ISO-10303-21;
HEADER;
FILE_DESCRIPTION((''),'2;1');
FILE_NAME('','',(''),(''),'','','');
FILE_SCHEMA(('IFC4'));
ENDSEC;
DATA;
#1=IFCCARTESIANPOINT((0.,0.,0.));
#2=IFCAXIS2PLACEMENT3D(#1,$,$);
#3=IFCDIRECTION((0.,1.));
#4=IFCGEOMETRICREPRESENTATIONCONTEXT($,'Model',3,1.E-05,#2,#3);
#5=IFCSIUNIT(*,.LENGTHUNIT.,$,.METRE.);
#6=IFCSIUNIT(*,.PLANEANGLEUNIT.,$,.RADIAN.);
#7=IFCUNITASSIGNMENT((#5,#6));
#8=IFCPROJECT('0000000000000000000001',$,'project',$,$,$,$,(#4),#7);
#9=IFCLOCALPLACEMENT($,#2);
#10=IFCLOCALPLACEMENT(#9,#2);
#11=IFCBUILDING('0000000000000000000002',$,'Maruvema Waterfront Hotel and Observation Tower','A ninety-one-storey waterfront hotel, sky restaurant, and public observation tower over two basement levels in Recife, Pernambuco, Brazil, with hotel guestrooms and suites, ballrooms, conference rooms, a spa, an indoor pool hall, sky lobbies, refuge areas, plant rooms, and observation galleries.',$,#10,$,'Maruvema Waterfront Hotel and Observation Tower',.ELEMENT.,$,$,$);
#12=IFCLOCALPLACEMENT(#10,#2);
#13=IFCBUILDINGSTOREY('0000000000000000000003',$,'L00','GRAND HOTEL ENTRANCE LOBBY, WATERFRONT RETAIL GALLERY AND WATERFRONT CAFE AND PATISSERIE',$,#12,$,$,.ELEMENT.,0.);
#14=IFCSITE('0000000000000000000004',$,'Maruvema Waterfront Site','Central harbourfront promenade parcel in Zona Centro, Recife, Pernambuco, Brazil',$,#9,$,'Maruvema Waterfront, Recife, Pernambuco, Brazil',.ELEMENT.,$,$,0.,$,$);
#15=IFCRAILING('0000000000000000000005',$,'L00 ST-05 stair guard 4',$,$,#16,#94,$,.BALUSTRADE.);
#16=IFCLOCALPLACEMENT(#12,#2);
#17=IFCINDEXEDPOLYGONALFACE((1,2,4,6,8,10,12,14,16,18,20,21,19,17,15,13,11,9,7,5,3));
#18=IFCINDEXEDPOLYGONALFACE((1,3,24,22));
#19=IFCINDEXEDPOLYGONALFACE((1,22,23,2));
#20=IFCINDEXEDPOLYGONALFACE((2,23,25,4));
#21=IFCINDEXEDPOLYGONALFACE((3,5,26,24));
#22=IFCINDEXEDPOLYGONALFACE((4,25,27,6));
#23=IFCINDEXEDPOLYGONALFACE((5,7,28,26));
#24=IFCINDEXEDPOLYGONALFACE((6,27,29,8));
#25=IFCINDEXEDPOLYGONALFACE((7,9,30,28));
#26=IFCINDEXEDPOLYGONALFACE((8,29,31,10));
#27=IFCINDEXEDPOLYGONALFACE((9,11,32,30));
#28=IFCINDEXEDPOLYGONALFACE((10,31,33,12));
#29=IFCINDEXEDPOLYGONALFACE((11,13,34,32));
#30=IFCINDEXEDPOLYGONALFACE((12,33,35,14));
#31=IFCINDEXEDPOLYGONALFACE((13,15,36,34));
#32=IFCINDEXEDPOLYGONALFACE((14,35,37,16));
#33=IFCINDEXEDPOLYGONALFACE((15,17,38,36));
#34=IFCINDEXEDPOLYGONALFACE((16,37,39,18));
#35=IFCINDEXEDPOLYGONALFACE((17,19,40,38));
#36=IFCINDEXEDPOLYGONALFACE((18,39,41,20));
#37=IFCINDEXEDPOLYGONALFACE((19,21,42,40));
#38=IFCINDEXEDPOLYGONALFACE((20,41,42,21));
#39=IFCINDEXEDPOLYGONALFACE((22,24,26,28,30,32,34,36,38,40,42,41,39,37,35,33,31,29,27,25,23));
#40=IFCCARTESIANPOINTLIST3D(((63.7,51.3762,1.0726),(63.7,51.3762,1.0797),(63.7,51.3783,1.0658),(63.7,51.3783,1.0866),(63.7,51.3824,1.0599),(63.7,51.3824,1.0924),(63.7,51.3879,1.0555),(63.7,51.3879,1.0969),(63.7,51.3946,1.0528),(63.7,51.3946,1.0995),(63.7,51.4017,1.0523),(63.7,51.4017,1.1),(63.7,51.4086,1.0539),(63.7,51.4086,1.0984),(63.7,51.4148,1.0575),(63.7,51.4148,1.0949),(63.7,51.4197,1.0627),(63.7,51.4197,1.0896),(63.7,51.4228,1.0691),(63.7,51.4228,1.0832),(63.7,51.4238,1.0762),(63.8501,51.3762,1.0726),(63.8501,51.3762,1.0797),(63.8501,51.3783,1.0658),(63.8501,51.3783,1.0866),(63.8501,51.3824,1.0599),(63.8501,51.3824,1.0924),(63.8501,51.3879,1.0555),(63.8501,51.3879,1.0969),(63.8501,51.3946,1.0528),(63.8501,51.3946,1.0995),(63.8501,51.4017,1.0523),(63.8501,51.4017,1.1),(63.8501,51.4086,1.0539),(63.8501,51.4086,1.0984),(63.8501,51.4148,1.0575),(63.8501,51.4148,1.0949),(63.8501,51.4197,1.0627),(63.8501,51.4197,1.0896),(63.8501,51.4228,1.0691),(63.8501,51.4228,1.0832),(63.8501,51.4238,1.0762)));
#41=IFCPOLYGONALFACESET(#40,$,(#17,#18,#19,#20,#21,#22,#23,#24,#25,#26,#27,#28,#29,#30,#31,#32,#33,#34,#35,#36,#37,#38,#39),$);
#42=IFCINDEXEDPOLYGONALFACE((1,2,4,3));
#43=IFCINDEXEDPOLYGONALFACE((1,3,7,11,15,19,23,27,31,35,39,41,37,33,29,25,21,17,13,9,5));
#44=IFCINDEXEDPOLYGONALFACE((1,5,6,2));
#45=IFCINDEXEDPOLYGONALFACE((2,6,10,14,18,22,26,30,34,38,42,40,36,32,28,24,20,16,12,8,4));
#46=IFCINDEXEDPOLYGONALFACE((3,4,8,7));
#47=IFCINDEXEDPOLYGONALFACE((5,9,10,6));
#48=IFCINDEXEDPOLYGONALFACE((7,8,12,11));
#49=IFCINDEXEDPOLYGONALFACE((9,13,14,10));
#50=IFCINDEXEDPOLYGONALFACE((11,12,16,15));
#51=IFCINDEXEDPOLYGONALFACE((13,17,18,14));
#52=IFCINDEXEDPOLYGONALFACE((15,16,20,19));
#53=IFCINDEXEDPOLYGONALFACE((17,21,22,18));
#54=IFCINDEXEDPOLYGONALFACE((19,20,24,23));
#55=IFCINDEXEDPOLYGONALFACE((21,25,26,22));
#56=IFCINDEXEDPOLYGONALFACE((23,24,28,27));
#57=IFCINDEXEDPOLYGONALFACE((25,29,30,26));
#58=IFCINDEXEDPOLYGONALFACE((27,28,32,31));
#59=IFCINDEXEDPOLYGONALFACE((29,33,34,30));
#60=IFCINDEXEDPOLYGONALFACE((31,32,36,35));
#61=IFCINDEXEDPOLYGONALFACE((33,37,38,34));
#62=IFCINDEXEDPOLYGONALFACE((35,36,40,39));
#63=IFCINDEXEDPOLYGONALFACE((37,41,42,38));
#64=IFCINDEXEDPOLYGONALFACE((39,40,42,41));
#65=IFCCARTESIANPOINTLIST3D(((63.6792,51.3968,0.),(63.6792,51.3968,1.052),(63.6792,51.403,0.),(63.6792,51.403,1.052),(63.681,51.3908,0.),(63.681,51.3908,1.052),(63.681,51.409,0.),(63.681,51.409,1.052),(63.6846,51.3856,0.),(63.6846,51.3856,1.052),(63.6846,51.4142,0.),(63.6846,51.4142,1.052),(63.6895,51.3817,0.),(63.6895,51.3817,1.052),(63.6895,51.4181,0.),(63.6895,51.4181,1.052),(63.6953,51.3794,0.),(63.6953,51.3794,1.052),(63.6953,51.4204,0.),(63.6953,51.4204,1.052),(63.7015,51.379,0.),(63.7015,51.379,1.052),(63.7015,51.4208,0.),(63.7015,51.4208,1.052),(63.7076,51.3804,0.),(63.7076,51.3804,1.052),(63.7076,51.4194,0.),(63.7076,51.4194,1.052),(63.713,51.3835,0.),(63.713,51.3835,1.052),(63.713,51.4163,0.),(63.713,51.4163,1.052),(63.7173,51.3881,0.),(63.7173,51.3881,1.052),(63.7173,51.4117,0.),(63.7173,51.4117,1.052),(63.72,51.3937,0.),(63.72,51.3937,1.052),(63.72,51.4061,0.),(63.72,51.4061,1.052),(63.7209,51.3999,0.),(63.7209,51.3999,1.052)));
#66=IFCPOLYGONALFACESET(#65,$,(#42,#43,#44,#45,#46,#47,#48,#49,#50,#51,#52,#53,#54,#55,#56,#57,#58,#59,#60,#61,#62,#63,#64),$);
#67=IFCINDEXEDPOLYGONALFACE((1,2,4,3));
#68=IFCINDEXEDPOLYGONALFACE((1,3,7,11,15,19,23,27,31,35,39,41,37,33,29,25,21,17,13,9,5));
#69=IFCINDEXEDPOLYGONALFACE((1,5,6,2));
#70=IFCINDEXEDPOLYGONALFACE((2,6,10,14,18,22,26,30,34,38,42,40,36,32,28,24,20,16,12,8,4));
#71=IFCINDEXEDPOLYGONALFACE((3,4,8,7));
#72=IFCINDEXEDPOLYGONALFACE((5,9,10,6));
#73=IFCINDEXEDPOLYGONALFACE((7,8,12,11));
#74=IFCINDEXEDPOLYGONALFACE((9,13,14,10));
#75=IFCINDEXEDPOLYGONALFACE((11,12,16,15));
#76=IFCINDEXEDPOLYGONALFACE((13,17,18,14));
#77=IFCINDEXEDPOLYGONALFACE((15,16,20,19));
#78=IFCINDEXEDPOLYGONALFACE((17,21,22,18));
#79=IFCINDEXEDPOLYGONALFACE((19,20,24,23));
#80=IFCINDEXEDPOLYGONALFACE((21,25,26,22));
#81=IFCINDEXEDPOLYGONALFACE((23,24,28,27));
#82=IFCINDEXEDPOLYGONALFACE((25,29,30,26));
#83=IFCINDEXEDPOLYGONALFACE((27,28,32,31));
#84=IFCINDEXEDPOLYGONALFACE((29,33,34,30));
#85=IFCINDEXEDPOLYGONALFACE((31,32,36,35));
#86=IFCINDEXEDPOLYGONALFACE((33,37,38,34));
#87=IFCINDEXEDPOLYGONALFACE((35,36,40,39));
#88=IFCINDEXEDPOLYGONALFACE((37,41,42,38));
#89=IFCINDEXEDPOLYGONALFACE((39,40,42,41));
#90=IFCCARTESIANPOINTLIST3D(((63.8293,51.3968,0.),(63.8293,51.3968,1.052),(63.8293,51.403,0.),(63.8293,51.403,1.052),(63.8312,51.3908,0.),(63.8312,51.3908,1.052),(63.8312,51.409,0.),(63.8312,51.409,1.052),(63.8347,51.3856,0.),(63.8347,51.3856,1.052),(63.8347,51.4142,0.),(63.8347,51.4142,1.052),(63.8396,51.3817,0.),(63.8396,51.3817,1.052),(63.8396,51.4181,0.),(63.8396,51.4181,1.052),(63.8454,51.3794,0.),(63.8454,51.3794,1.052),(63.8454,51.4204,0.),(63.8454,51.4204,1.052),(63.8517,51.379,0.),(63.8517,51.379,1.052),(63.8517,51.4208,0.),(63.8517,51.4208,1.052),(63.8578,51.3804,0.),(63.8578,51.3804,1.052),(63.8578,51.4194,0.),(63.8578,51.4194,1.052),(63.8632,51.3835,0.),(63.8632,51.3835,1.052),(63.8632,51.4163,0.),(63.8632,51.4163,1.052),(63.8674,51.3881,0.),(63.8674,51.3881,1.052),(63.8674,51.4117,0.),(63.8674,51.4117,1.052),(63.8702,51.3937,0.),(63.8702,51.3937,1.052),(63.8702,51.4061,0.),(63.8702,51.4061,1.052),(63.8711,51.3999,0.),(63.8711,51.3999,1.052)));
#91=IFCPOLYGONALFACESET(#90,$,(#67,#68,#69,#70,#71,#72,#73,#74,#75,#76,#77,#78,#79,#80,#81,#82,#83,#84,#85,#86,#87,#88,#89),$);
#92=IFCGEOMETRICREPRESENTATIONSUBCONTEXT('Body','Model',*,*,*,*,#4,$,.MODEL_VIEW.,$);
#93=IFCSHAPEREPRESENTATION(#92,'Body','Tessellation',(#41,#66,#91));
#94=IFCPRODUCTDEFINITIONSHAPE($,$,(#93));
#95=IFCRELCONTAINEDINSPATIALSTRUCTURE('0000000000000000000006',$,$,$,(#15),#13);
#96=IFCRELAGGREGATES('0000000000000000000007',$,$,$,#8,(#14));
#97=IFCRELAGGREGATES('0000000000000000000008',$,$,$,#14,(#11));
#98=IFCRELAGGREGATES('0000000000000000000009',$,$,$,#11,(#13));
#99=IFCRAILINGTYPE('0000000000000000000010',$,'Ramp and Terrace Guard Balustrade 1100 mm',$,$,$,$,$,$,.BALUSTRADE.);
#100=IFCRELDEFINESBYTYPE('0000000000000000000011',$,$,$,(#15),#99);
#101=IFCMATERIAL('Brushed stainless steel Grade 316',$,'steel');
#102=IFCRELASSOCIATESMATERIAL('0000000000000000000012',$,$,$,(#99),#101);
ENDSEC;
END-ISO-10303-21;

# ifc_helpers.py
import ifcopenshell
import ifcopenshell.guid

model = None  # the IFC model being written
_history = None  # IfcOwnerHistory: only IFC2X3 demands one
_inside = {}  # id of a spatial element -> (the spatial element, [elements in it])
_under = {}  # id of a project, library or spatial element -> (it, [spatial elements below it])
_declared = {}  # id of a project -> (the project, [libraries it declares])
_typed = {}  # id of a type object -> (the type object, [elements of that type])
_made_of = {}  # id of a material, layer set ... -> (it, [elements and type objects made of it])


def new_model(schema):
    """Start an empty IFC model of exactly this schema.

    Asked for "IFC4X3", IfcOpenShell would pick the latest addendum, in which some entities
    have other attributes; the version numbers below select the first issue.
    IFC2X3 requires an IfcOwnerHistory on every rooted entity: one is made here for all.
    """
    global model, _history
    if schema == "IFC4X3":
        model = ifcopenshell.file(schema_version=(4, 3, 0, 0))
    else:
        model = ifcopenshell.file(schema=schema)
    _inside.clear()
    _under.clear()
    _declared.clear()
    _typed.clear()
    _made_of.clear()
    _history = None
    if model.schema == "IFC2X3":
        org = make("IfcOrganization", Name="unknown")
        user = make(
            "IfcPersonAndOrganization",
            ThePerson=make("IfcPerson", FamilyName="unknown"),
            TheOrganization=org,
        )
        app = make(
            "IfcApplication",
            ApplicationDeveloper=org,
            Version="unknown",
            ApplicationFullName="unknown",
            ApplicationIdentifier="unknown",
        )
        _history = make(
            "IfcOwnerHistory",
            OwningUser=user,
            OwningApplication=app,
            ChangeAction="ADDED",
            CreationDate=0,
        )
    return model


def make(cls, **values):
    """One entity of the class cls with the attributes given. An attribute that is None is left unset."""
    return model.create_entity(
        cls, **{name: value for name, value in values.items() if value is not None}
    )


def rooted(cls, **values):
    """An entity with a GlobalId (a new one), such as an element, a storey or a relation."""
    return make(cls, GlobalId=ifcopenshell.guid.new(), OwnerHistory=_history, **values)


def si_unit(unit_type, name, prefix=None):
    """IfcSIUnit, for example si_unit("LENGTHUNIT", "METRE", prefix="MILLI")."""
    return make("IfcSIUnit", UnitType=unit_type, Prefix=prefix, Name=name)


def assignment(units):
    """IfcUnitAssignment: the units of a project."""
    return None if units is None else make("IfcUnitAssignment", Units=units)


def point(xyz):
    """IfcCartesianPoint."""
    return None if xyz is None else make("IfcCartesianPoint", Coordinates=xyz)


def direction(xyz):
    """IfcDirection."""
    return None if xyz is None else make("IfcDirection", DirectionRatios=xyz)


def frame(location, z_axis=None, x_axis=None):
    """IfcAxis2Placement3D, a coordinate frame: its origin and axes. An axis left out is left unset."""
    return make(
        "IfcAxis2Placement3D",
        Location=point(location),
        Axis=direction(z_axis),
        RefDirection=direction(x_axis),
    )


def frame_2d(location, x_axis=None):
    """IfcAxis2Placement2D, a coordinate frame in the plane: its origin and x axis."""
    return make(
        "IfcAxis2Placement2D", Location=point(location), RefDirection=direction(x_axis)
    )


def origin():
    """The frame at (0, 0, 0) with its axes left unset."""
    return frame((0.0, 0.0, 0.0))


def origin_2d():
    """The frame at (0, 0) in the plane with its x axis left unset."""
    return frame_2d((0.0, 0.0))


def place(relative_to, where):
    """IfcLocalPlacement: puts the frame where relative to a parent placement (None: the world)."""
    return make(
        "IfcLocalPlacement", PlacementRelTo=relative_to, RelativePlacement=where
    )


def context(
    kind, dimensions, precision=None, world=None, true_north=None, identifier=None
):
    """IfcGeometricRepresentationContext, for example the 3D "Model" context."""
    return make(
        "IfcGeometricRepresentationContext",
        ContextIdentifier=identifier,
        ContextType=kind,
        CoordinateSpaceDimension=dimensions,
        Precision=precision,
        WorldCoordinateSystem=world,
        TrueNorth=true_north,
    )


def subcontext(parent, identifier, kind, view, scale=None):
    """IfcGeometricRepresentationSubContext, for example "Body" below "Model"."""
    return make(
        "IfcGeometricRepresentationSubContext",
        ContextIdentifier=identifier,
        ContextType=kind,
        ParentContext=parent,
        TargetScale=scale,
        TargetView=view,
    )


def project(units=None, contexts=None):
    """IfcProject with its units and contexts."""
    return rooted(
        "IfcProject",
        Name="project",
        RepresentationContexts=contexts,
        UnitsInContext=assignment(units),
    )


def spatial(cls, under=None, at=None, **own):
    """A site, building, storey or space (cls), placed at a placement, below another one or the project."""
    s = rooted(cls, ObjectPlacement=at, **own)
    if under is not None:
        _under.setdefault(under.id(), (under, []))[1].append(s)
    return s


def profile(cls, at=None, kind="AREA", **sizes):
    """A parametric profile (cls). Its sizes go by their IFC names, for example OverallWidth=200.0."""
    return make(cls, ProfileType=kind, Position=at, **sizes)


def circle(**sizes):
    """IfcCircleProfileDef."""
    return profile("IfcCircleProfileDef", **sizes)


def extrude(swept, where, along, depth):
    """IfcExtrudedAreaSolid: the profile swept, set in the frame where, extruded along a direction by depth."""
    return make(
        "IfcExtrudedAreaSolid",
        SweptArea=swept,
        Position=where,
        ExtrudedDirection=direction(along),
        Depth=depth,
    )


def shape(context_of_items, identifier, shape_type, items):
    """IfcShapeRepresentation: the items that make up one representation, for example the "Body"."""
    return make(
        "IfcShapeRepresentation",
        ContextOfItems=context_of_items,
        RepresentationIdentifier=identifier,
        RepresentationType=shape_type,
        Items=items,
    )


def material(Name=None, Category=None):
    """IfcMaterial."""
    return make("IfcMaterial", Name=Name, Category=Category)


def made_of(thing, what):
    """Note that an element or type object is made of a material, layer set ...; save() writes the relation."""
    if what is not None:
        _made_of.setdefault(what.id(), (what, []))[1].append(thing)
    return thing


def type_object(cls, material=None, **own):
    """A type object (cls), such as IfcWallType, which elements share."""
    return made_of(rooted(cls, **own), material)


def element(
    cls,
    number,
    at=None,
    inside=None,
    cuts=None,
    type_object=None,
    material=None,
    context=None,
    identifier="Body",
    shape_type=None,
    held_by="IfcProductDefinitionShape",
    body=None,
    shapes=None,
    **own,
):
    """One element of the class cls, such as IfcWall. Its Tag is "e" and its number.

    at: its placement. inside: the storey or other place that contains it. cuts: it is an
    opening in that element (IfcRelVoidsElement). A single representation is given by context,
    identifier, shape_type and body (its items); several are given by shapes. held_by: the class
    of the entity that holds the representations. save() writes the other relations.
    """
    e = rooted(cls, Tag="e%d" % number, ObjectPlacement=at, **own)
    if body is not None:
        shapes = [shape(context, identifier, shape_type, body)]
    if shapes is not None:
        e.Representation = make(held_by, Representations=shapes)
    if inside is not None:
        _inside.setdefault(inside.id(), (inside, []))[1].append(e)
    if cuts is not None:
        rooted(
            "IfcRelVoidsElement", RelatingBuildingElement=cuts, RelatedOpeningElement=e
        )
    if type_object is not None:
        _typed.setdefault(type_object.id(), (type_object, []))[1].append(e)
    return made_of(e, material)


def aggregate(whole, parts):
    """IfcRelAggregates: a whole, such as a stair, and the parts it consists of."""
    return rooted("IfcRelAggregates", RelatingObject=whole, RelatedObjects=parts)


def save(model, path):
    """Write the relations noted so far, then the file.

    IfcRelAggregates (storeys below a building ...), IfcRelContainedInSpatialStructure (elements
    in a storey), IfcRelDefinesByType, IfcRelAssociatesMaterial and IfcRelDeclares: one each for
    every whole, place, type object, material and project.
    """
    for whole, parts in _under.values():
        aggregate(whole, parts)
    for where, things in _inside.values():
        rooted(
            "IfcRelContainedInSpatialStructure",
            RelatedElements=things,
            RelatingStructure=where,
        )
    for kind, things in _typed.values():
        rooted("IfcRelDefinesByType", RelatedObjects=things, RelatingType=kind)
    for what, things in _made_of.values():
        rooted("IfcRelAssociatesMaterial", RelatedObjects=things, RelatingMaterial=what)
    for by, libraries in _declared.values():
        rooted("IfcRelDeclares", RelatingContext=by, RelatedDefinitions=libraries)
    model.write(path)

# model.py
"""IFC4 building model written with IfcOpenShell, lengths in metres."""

from ifc_helpers import new_model, si_unit, direction, frame, origin, origin_2d, place, context, subcontext, project, spatial, circle, extrude, material, type_object, element, save


model = new_model("IFC4")

# Units and contexts
model_context = context("Model", 3, precision=1e-05, world=origin(), true_north=direction((0.0, 1.0)))
body_context = subcontext(model_context, "Body", "Model", "MODEL_VIEW")
ifc_project = project(units=[si_unit("LENGTHUNIT", "METRE"), si_unit("PLANEANGLEUNIT", "RADIAN")], contexts=[model_context])

# Site, building, storey
site_placement = place(None, origin())
site = spatial("IfcSite", under=ifc_project, at=site_placement, Name="Maruvema Waterfront Site", Description="Central harbourfront promenade parcel in Zona Centro, Recife, Pernambuco, Brazil", LongName="Maruvema Waterfront, Recife, Pernambuco, Brazil", CompositionType="ELEMENT", RefElevation=0.0)
building_placement = place(site_placement, origin())
building = spatial("IfcBuilding", under=site, at=building_placement, Name="Maruvema Waterfront Hotel and Observation Tower", Description="A ninety-one-storey waterfront hotel, sky restaurant, and public observation tower over two basement levels in Recife, Pernambuco, Brazil, with hotel guestrooms and suites, ballrooms, conference rooms, a spa, an indoor pool hall, sky lobbies, refuge areas, plant rooms, and observation galleries.", LongName="Maruvema Waterfront Hotel and Observation Tower", CompositionType="ELEMENT")
storey_placement = place(building_placement, origin())
storey = spatial("IfcBuildingStorey", under=building, at=storey_placement, Name="L00", Description="GRAND HOTEL ENTRANCE LOBBY, WATERFRONT RETAIL GALLERY AND WATERFRONT CAFE AND PATISSERIE", CompositionType="ELEMENT", Elevation=0.0)

# Railing
ifc_material_1 = material(Name="Brushed stainless steel Grade 316", Category="steel")
railing_type_1 = type_object("IfcRailingType", Name="Ramp and Terrace Guard Balustrade 1100 mm", PredefinedType="BALUSTRADE", material=ifc_material_1)
railing_1_placement = place(storey_placement, frame((63.7, 51.3999, 0.0)))
element("IfcRailing", 1, at=railing_1_placement, inside=storey, type_object=railing_type_1, Name="L00 ST-05 stair guard 4", PredefinedType="BALUSTRADE", context=body_context, shape_type="SweptSolid", body=[
    extrude(circle(Radius=0.0239, at=origin_2d()), frame((0.0, 0.0, 1.0762), z_axis=(1.0, 0.0, 0.0), x_axis=(0.0, 1.0, 0.0)), (0.0, 0.0, 1.0), 0.1501),
    extrude(circle(Radius=0.021, at=origin_2d()), origin(), (0.0, 0.0, 1.0), 1.052),
    extrude(circle(Radius=0.021, at=origin_2d()), frame((0.1501, 0.0, 0.0)), (0.0, 0.0, 1.0), 1.052),
])

save(model, "model.ifc")
